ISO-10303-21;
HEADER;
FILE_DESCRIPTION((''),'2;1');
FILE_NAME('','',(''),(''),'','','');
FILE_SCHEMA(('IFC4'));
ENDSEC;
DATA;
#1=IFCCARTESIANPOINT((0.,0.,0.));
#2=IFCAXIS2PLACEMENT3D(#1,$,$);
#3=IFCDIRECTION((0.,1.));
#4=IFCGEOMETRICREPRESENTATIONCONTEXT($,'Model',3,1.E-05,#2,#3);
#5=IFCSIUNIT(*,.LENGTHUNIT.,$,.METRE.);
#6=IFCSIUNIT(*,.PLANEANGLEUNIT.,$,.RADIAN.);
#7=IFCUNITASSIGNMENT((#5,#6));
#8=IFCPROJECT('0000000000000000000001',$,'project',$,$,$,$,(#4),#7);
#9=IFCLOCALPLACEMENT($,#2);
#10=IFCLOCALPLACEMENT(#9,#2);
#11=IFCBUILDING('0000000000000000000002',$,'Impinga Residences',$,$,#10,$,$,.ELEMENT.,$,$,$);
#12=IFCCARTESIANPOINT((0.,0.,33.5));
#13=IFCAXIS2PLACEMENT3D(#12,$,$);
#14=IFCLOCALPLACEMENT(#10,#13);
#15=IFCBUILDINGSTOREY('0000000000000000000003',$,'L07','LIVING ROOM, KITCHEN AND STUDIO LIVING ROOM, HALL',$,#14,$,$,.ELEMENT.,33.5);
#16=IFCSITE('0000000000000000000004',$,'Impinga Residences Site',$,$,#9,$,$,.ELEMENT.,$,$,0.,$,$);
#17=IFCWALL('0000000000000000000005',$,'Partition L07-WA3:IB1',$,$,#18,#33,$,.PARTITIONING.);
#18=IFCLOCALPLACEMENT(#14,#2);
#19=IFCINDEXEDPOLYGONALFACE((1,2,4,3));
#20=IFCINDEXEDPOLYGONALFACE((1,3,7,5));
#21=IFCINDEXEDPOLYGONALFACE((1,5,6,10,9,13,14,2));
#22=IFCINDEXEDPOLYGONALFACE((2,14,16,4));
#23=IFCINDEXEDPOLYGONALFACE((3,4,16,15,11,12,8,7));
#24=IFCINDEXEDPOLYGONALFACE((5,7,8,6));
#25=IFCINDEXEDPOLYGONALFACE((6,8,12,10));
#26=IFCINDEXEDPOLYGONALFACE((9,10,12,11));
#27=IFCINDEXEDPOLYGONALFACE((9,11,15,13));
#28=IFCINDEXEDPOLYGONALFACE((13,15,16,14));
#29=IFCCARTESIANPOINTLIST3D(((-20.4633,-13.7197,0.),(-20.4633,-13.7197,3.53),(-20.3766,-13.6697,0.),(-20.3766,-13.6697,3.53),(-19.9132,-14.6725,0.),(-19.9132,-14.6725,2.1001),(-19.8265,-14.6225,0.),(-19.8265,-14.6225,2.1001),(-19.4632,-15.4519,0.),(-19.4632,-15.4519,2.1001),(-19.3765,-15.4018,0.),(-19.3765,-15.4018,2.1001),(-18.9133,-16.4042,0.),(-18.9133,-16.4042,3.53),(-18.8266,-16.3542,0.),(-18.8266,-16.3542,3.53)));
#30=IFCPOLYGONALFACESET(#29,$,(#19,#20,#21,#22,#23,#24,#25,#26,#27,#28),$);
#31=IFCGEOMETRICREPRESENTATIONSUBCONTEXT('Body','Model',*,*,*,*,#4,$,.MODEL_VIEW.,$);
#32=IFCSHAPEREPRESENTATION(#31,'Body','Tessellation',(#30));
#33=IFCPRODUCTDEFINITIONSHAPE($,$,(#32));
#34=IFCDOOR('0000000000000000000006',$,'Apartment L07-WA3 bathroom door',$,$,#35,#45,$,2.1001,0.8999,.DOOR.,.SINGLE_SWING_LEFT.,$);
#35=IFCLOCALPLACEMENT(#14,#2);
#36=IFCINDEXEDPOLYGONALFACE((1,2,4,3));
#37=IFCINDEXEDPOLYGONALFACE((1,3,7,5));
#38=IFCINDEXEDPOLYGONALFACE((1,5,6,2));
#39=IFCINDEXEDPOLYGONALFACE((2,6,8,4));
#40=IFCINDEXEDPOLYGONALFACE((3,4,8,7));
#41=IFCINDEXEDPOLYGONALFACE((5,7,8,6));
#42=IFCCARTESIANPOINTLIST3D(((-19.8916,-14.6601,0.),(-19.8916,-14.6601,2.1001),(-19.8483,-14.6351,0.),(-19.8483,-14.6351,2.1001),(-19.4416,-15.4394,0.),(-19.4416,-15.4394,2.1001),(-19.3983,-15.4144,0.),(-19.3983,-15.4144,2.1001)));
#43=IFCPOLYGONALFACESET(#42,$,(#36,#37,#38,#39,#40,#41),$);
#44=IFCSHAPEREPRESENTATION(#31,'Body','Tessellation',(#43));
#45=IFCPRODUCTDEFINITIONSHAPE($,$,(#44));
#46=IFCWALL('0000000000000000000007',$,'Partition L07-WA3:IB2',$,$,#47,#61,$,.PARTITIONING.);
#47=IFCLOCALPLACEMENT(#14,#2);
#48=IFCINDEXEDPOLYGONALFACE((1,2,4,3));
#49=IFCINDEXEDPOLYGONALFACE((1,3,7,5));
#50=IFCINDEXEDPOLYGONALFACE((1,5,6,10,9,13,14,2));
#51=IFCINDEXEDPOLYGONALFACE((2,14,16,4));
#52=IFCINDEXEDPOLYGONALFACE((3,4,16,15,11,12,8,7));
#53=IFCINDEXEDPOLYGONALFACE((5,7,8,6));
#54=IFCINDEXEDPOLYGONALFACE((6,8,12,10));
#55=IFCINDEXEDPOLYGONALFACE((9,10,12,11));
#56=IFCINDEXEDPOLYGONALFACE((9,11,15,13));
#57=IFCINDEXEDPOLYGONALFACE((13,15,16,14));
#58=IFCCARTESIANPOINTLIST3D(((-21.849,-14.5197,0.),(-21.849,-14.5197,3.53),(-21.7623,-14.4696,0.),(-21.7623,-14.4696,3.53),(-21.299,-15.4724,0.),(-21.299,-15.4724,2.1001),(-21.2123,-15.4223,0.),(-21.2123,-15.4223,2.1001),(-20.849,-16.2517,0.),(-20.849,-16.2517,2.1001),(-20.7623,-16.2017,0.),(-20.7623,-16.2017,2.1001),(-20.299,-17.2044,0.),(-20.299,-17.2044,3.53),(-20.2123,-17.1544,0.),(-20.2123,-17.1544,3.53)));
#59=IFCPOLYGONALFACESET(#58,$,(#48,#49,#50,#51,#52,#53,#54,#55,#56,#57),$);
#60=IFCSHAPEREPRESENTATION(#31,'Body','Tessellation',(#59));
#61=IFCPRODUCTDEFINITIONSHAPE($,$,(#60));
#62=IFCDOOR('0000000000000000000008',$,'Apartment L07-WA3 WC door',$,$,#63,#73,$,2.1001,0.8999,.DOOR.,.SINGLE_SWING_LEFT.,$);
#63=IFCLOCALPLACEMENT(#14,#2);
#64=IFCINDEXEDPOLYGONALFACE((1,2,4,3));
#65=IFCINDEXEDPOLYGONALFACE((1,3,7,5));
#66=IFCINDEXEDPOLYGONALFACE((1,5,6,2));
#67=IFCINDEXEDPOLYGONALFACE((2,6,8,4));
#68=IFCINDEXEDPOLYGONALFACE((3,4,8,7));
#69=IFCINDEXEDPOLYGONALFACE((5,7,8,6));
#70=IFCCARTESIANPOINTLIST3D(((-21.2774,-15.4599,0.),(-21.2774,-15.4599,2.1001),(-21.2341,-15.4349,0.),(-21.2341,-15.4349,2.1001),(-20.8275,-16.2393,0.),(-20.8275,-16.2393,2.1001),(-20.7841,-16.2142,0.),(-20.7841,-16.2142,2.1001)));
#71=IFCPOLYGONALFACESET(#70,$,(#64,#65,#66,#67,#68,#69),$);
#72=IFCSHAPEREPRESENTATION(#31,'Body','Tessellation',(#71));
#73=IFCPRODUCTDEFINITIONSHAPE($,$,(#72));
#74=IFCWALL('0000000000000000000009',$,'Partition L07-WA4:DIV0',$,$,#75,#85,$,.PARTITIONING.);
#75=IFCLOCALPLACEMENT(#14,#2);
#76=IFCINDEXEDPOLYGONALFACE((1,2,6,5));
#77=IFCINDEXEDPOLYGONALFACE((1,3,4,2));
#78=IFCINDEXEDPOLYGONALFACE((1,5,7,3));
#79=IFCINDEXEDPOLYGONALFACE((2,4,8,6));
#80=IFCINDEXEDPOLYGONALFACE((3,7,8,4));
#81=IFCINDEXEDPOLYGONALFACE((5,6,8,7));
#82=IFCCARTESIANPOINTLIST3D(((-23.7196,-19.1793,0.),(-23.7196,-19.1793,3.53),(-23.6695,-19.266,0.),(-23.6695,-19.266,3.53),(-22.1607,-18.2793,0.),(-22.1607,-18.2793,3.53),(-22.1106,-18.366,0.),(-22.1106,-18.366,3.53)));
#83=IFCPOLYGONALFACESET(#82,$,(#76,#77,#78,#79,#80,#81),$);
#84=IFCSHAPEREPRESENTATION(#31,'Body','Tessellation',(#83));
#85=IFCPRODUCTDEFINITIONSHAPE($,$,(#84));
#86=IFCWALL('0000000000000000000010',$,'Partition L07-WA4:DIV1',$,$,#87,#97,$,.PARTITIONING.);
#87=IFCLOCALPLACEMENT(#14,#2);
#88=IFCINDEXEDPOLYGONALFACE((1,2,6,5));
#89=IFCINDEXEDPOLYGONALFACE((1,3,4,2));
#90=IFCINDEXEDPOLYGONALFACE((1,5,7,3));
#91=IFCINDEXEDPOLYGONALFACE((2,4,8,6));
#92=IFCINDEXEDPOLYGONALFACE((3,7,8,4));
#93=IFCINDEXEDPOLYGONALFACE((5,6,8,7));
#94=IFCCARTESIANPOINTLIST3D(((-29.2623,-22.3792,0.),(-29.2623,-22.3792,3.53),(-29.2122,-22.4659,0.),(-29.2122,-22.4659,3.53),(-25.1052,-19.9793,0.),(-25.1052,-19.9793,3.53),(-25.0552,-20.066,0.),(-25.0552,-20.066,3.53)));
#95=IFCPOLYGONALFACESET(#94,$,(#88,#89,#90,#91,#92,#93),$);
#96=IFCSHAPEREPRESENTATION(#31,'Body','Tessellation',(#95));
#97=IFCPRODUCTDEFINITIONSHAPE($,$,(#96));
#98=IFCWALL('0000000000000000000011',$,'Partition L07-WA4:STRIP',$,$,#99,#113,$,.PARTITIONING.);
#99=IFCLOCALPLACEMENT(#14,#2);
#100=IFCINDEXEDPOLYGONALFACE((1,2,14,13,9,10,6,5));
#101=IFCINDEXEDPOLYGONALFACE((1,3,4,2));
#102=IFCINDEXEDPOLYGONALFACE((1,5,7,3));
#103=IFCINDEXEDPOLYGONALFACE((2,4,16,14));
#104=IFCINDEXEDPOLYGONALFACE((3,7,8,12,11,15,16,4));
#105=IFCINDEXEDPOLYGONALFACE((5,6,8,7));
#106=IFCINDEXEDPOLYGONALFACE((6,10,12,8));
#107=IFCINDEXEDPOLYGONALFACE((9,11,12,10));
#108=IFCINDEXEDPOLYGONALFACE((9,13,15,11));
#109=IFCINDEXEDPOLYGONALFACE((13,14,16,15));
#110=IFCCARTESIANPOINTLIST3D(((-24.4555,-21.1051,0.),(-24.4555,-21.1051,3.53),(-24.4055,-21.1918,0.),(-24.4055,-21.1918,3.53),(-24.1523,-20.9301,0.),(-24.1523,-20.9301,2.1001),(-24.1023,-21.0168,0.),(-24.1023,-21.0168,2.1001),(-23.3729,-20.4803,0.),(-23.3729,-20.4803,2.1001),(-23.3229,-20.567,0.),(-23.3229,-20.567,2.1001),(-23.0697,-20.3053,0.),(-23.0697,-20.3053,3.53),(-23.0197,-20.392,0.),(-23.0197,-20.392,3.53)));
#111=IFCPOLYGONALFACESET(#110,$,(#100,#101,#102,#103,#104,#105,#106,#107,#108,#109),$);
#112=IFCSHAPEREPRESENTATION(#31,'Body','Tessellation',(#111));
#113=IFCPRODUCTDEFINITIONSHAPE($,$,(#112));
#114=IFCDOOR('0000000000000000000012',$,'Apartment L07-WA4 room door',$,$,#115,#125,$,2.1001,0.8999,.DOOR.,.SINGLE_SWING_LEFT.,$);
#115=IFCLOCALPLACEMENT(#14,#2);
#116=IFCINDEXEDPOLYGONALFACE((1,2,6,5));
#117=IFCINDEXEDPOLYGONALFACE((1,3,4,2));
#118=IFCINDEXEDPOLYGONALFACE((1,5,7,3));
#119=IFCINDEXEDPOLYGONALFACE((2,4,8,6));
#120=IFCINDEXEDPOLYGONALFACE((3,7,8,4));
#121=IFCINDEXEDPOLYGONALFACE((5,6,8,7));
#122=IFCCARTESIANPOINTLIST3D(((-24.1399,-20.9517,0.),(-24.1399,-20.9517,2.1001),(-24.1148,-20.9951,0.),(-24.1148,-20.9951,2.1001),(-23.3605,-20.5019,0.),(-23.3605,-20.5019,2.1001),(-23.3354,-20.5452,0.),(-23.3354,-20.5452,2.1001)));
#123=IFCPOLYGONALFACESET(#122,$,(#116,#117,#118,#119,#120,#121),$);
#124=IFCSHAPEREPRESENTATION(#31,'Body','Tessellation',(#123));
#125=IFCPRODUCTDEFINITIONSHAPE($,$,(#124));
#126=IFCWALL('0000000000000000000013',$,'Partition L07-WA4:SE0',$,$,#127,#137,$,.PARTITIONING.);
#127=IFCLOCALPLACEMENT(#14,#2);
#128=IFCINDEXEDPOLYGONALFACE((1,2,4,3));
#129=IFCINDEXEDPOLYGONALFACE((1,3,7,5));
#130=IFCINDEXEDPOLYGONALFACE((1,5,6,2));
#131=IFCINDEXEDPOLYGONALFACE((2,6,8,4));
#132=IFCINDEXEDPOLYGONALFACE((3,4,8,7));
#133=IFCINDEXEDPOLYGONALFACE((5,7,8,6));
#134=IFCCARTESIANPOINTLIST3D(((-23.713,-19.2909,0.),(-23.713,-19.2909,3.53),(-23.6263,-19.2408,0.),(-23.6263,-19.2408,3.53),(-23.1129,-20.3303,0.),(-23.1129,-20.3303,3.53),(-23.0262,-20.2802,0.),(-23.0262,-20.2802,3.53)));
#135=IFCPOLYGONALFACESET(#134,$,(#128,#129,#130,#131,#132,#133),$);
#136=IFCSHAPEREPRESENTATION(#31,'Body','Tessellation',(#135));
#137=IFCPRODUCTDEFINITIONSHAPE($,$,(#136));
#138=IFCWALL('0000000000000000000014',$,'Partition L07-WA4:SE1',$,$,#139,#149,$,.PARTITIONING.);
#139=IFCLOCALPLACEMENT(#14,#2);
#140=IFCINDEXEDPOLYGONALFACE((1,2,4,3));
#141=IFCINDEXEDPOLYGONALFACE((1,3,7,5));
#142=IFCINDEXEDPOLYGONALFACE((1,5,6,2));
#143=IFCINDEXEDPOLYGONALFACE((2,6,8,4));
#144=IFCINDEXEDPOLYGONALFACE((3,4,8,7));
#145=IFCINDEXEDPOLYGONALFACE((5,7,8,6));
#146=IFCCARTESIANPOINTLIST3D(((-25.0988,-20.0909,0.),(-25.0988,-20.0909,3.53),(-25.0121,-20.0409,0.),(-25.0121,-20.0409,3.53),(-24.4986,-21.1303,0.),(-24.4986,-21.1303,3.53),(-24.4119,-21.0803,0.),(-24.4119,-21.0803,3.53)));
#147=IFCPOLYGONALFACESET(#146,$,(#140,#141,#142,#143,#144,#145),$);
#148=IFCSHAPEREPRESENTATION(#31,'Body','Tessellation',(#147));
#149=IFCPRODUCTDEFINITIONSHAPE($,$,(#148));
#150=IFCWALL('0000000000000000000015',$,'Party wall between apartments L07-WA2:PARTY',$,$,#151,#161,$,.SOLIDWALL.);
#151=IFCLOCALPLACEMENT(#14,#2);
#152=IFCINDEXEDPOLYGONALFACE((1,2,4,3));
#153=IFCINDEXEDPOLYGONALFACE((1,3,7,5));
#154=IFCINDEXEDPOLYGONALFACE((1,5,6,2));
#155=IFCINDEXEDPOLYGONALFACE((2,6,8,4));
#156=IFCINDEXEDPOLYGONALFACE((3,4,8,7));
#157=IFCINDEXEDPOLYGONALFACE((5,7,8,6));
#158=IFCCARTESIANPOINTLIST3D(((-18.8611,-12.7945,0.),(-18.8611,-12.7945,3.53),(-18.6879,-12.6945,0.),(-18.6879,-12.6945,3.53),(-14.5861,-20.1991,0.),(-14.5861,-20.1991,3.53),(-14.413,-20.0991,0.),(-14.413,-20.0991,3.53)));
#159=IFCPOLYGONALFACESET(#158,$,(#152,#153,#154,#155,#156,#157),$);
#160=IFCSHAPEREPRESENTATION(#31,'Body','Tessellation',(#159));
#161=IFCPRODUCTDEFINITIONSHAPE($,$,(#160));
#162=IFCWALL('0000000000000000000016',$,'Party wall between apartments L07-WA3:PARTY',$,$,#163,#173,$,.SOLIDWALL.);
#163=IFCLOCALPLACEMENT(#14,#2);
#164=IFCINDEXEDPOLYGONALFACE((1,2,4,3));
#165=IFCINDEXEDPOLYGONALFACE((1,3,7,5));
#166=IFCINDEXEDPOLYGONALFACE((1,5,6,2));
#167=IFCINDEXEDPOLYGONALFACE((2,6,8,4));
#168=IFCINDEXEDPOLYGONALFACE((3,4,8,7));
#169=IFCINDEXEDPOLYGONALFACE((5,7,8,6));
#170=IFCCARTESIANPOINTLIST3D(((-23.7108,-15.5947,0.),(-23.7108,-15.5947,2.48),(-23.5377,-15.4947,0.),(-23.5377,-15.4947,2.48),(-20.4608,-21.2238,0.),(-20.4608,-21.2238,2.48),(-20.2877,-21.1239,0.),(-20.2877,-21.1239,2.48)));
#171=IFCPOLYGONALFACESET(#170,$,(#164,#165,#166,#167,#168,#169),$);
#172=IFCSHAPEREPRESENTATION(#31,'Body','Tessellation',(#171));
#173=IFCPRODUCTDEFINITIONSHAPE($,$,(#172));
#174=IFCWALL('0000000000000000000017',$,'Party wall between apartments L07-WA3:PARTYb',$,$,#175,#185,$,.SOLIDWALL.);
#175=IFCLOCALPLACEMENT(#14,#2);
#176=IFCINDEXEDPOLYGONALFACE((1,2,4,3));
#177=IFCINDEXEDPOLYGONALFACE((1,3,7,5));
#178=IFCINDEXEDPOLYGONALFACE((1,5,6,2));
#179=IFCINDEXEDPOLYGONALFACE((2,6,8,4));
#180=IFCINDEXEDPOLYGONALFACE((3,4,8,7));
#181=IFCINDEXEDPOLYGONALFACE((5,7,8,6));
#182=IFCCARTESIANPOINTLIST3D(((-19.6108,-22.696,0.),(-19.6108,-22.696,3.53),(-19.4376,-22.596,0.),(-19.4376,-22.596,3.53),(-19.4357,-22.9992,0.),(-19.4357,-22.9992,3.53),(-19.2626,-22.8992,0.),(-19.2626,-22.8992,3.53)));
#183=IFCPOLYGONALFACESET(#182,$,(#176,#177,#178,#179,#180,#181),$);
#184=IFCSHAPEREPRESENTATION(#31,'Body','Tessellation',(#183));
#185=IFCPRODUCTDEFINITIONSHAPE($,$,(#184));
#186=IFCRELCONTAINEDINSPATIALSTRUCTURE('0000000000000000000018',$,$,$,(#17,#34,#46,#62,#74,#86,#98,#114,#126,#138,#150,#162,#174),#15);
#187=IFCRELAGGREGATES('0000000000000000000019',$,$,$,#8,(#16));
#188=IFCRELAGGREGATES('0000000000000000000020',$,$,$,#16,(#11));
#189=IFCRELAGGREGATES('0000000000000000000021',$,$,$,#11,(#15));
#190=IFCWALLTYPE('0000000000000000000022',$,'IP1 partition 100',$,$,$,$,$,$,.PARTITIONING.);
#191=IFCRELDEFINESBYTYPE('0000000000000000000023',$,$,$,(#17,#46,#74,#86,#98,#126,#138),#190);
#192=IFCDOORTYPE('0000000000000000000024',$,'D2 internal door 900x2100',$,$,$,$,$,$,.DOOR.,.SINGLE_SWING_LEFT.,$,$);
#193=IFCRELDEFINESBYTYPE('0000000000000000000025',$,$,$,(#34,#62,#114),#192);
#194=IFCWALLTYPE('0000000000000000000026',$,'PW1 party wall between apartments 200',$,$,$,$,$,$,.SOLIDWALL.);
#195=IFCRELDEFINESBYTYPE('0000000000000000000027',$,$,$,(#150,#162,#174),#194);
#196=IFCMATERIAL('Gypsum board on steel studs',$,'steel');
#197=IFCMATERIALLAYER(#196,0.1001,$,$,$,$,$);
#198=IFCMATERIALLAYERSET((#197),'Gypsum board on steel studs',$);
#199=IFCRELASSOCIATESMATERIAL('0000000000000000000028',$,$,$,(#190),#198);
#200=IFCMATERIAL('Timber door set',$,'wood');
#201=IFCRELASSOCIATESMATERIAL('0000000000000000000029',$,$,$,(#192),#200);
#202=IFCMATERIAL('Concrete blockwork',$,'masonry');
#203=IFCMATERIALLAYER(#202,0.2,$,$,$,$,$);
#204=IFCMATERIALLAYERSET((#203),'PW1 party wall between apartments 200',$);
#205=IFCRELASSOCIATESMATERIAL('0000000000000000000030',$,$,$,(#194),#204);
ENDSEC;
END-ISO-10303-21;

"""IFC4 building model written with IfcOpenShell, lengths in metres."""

from ifc_helpers import new_model, si_unit, direction, frame, frame_2d, origin, place, context, subcontext, project, spatial, rectangle, extrude, material, layer, layer_set, type_object, element, fill, save


model = new_model("IFC4")

# Units and contexts
model_context = context("Model", 3, precision=1e-05, world=origin(), true_north=direction((0.0, 1.0)))
body_context = subcontext(model_context, "Body", "Model", "MODEL_VIEW")
ifc_project = project(units=[si_unit("LENGTHUNIT", "METRE"), si_unit("PLANEANGLEUNIT", "RADIAN")], contexts=[model_context])

# Site, building, storey
site_placement = place(None, origin())
site = spatial("IfcSite", under=ifc_project, at=site_placement, Name="Impinga Residences Site", CompositionType="ELEMENT", RefElevation=0.0)
building_placement = place(site_placement, origin())
building = spatial("IfcBuilding", under=site, at=building_placement, Name="Impinga Residences", CompositionType="ELEMENT")
storey_placement = place(building_placement, frame((0.0, 0.0, 33.5)))
storey = spatial("IfcBuildingStorey", under=building, at=storey_placement, Name="L07", Description="LIVING ROOM, KITCHEN AND STUDIO LIVING ROOM, HALL", CompositionType="ELEMENT", Elevation=33.5)

# Shared definitions
ifc_material_1 = material(Name="Concrete blockwork", Category="masonry")
ifc_material_2 = material(Name="Timber door set", Category="wood")

# Shared definitions
ifc_material_3 = material(Name="Gypsum board on steel studs", Category="steel")
ifc_layer_1 = layer(ifc_material_3, 0.1001)
ifc_layer_set_1 = layer_set([ifc_layer_1], Name="Gypsum board on steel studs")
wall_type_1 = type_object("IfcWallType", Name="IP1 partition 100", PredefinedType="PARTITIONING", material=ifc_layer_set_1)

# Shared definitions
door_type_1 = type_object("IfcDoorType", Name="D2 internal door 900x2100", OperationType="SINGLE_SWING_LEFT", PredefinedType="DOOR", material=ifc_material_2)

# Walls, openings, doors
wall_1_placement = place(storey_placement, frame((-20.4199, -13.6948, 0.0), z_axis=(0.0, 0.0, 1.0), x_axis=(0.500027, -0.86601, 0.0)))
wall_1 = element("IfcWall", 1, at=wall_1_placement, inside=storey, type_object=wall_type_1, Name="Partition L07-WA3:IB1", PredefinedType="PARTITIONING", context=body_context, shape_type="SweptSolid", body=[
    extrude(rectangle(XDim=3.0999, YDim=0.1001, at=frame_2d((1.5498, 0.0))), origin(), (0.0, 0.0, 1.0), 3.53),
])
opening_1_placement = place(wall_1_placement, frame((1.1001, 0.0, 0.0)))
opening_1 = element("IfcOpeningElement", 2, at=opening_1_placement, cuts=wall_1, PredefinedType="OPENING", context=body_context, shape_type="SweptSolid", body=[
    extrude(rectangle(XDim=0.8999, YDim=2.1001, at=frame_2d((0.45, 1.05))), frame((0.0, 0.0601, 0.0), z_axis=(0.0, -1.0, 0.0), x_axis=(1.0, 0.0, 0.0)), (0.0, 0.0, 1.0), 0.1201),
])
door_1_placement = place(opening_1_placement, origin())
door_1 = element("IfcDoor", 3, at=door_1_placement, inside=storey, type_object=door_type_1, Name="Apartment L07-WA3 bathroom door", OperationType="SINGLE_SWING_LEFT", OverallHeight=2.1001, OverallWidth=0.8999, PredefinedType="DOOR", context=body_context, shape_type="SweptSolid", body=[
    extrude(rectangle(XDim=0.8999, YDim=2.1001, at=frame_2d((0.45, 1.05))), frame((0.0, 0.0249, 0.0), z_axis=(0.0, -1.0, 0.0), x_axis=(1.0, 0.0, 0.0)), (0.0, 0.0, 1.0), 0.05),
])
fill(opening_1, door_1)
wall_2_placement = place(storey_placement, frame((-21.8057, -14.4946, 0.0), z_axis=(0.0, 0.0, 1.0), x_axis=(0.499993, -0.86603, 0.0)))
wall_2 = element("IfcWall", 4, at=wall_2_placement, inside=storey, type_object=wall_type_1, Name="Partition L07-WA3:IB2", PredefinedType="PARTITIONING", context=body_context, shape_type="SweptSolid", body=[
    extrude(rectangle(XDim=3.1001, YDim=0.1001, at=frame_2d((1.55, 0.0))), origin(), (0.0, 0.0, 1.0), 3.53),
])
opening_2_placement = place(wall_2_placement, frame((1.1001, 0.0, 0.0)))
opening_2 = element("IfcOpeningElement", 5, at=opening_2_placement, cuts=wall_2, PredefinedType="OPENING", context=body_context, shape_type="SweptSolid", body=[
    extrude(rectangle(XDim=0.8999, YDim=2.1001, at=frame_2d((0.45, 1.05))), frame((0.0, 0.0601, 0.0), z_axis=(0.0, -1.0, 0.0), x_axis=(1.0, 0.0, 0.0)), (0.0, 0.0, 1.0), 0.1201),
])
door_2_placement = place(opening_2_placement, origin())
door_2 = element("IfcDoor", 6, at=door_2_placement, inside=storey, type_object=door_type_1, Name="Apartment L07-WA3 WC door", OperationType="SINGLE_SWING_LEFT", OverallHeight=2.1001, OverallWidth=0.8999, PredefinedType="DOOR", context=body_context, shape_type="SweptSolid", body=[
    extrude(rectangle(XDim=0.8999, YDim=2.1001, at=frame_2d((0.45, 1.05))), frame((0.0, 0.0249, 0.0), z_axis=(0.0, -1.0, 0.0), x_axis=(1.0, 0.0, 0.0)), (0.0, 0.0, 1.0), 0.05),
])
fill(opening_2, door_2)

# Walls
wall_3_placement = place(storey_placement, frame((-22.1357, -18.3228, 0.0), z_axis=(0.0, 0.0, 1.0), x_axis=(-0.866048, -0.499961, 0.0)))
element("IfcWall", 7, at=wall_3_placement, inside=storey, type_object=wall_type_1, Name="Partition L07-WA4:DIV0", PredefinedType="PARTITIONING", context=body_context, shape_type="SweptSolid", body=[
    extrude(rectangle(XDim=1.8, YDim=0.1001, at=frame_2d((0.8999, 0.0))), origin(), (0.0, 0.0, 1.0), 3.53),
])
wall_4_placement = place(storey_placement, frame((-25.0803, -20.0227, 0.0), z_axis=(0.0, 0.0, 1.0), x_axis=(-0.866037, -0.499979, 0.0)))
element("IfcWall", 8, at=wall_4_placement, inside=storey, type_object=wall_type_1, Name="Partition L07-WA4:DIV1", PredefinedType="PARTITIONING", context=body_context, shape_type="SweptSolid", body=[
    extrude(rectangle(XDim=4.8, YDim=0.1001, at=frame_2d((2.3999, 0.0))), origin(), (0.0, 0.0, 1.0), 3.53),
])

# Wall, opening, door
wall_5_placement = place(storey_placement, frame((-23.0447, -20.3486, 0.0), z_axis=(0.0, 0.0, 1.0), x_axis=(-0.866094, -0.499881, 0.0)))
wall_5 = element("IfcWall", 9, at=wall_5_placement, inside=storey, type_object=wall_type_1, Name="Partition L07-WA4:STRIP", PredefinedType="PARTITIONING", context=body_context, shape_type="SweptSolid", body=[
    extrude(rectangle(XDim=1.6001, YDim=0.1001, at=frame_2d((0.8, 0.0))), origin(), (0.0, 0.0, 1.0), 3.53),
])
opening_3_placement = place(wall_5_placement, frame((0.3501, 0.0, 0.0)))
opening_3 = element("IfcOpeningElement", 10, at=opening_3_placement, cuts=wall_5, PredefinedType="OPENING", context=body_context, shape_type="SweptSolid", body=[
    extrude(rectangle(XDim=0.8999, YDim=2.1001, at=frame_2d((0.45, 1.05))), frame((0.0, 0.0601, 0.0), z_axis=(0.0, -1.0, 0.0), x_axis=(1.0, 0.0, 0.0)), (0.0, 0.0, 1.0), 0.1201),
])
door_3_placement = place(opening_3_placement, origin())
door_3 = element("IfcDoor", 11, at=door_3_placement, inside=storey, type_object=door_type_1, Name="Apartment L07-WA4 room door", OperationType="SINGLE_SWING_LEFT", OverallHeight=2.1001, OverallWidth=0.8999, PredefinedType="DOOR", context=body_context, shape_type="SweptSolid", body=[
    extrude(rectangle(XDim=0.8999, YDim=2.1001, at=frame_2d((0.45, 1.05))), frame((0.0, 0.0249, 0.0), z_axis=(0.0, -1.0, 0.0), x_axis=(1.0, 0.0, 0.0)), (0.0, 0.0, 1.0), 0.05),
])
fill(opening_3, door_3)

# Walls
for number, where, z_axis, x_axis, name in (
    (12, (-23.6697, -19.2659, 0.0), (0.0, 0.0, 1.0), (0.500034, -0.866006, 0.0), "Partition L07-WA4:SE0"),
    (13, (-25.0554, -20.0659, 0.0), (0.0, 0.0, 1.0), (0.500034, -0.866006, 0.0), "Partition L07-WA4:SE1"),
):
    element("IfcWall", number, at=place(storey_placement, frame(where, z_axis=z_axis, x_axis=x_axis)), inside=storey, type_object=wall_type_1, Name=name, PredefinedType="PARTITIONING", context=body_context, shape_type="SweptSolid", body=[
        extrude(rectangle(XDim=1.2002, YDim=0.1001, at=frame_2d((0.6001, 0.0))), origin(), (0.0, 0.0, 1.0), 3.53),
    ])
ifc_layer_2 = layer(ifc_material_1, 0.2)
ifc_layer_set_2 = layer_set([ifc_layer_2], Name="PW1 party wall between apartments 200")
wall_type_2 = type_object("IfcWallType", Name="PW1 party wall between apartments 200", PredefinedType="SOLIDWALL", material=ifc_layer_set_2)
wall_6_placement = place(storey_placement, frame((-18.7744, -12.7446, 0.0), z_axis=(0.0, 0.0, 1.0), x_axis=(0.49999, -0.866031, 0.0)))
element("IfcWall", 14, at=wall_6_placement, inside=storey, type_object=wall_type_2, Name="Party wall between apartments L07-WA2:PARTY", PredefinedType="SOLIDWALL", context=body_context, shape_type="SweptSolid", body=[
    extrude(rectangle(XDim=8.55, YDim=0.2, at=frame_2d((4.2749, 0.0))), origin(), (0.0, 0.0, 1.0), 3.53),
])
wall_7_placement = place(storey_placement, frame((-23.6243, -15.5447, 0.0), z_axis=(0.0, 0.0, 1.0), x_axis=(0.500001, -0.866025, 0.0)))
element("IfcWall", 15, at=wall_7_placement, inside=storey, type_object=wall_type_2, Name="Party wall between apartments L07-WA3:PARTY", PredefinedType="SOLIDWALL", context=body_context, shape_type="SweptSolid", body=[
    extrude(rectangle(XDim=6.5, YDim=0.2, at=frame_2d((3.25, 0.0))), origin(), (0.0, 0.0, 1.0), 2.48),
])
wall_8_placement = place(storey_placement, frame((-19.5242, -22.646, 0.0), z_axis=(0.0, 0.0, 1.0), x_axis=(0.499964, -0.866046, 0.0)))
element("IfcWall", 16, at=wall_8_placement, inside=storey, type_object=wall_type_2, Name="Party wall between apartments L07-WA3:PARTYb", PredefinedType="SOLIDWALL", context=body_context, shape_type="SweptSolid", body=[
    extrude(rectangle(XDim=0.3501, YDim=0.2, at=frame_2d((0.175, 0.0))), origin(), (0.0, 0.0, 1.0), 3.53),
])

save(model, "model.ifc")
